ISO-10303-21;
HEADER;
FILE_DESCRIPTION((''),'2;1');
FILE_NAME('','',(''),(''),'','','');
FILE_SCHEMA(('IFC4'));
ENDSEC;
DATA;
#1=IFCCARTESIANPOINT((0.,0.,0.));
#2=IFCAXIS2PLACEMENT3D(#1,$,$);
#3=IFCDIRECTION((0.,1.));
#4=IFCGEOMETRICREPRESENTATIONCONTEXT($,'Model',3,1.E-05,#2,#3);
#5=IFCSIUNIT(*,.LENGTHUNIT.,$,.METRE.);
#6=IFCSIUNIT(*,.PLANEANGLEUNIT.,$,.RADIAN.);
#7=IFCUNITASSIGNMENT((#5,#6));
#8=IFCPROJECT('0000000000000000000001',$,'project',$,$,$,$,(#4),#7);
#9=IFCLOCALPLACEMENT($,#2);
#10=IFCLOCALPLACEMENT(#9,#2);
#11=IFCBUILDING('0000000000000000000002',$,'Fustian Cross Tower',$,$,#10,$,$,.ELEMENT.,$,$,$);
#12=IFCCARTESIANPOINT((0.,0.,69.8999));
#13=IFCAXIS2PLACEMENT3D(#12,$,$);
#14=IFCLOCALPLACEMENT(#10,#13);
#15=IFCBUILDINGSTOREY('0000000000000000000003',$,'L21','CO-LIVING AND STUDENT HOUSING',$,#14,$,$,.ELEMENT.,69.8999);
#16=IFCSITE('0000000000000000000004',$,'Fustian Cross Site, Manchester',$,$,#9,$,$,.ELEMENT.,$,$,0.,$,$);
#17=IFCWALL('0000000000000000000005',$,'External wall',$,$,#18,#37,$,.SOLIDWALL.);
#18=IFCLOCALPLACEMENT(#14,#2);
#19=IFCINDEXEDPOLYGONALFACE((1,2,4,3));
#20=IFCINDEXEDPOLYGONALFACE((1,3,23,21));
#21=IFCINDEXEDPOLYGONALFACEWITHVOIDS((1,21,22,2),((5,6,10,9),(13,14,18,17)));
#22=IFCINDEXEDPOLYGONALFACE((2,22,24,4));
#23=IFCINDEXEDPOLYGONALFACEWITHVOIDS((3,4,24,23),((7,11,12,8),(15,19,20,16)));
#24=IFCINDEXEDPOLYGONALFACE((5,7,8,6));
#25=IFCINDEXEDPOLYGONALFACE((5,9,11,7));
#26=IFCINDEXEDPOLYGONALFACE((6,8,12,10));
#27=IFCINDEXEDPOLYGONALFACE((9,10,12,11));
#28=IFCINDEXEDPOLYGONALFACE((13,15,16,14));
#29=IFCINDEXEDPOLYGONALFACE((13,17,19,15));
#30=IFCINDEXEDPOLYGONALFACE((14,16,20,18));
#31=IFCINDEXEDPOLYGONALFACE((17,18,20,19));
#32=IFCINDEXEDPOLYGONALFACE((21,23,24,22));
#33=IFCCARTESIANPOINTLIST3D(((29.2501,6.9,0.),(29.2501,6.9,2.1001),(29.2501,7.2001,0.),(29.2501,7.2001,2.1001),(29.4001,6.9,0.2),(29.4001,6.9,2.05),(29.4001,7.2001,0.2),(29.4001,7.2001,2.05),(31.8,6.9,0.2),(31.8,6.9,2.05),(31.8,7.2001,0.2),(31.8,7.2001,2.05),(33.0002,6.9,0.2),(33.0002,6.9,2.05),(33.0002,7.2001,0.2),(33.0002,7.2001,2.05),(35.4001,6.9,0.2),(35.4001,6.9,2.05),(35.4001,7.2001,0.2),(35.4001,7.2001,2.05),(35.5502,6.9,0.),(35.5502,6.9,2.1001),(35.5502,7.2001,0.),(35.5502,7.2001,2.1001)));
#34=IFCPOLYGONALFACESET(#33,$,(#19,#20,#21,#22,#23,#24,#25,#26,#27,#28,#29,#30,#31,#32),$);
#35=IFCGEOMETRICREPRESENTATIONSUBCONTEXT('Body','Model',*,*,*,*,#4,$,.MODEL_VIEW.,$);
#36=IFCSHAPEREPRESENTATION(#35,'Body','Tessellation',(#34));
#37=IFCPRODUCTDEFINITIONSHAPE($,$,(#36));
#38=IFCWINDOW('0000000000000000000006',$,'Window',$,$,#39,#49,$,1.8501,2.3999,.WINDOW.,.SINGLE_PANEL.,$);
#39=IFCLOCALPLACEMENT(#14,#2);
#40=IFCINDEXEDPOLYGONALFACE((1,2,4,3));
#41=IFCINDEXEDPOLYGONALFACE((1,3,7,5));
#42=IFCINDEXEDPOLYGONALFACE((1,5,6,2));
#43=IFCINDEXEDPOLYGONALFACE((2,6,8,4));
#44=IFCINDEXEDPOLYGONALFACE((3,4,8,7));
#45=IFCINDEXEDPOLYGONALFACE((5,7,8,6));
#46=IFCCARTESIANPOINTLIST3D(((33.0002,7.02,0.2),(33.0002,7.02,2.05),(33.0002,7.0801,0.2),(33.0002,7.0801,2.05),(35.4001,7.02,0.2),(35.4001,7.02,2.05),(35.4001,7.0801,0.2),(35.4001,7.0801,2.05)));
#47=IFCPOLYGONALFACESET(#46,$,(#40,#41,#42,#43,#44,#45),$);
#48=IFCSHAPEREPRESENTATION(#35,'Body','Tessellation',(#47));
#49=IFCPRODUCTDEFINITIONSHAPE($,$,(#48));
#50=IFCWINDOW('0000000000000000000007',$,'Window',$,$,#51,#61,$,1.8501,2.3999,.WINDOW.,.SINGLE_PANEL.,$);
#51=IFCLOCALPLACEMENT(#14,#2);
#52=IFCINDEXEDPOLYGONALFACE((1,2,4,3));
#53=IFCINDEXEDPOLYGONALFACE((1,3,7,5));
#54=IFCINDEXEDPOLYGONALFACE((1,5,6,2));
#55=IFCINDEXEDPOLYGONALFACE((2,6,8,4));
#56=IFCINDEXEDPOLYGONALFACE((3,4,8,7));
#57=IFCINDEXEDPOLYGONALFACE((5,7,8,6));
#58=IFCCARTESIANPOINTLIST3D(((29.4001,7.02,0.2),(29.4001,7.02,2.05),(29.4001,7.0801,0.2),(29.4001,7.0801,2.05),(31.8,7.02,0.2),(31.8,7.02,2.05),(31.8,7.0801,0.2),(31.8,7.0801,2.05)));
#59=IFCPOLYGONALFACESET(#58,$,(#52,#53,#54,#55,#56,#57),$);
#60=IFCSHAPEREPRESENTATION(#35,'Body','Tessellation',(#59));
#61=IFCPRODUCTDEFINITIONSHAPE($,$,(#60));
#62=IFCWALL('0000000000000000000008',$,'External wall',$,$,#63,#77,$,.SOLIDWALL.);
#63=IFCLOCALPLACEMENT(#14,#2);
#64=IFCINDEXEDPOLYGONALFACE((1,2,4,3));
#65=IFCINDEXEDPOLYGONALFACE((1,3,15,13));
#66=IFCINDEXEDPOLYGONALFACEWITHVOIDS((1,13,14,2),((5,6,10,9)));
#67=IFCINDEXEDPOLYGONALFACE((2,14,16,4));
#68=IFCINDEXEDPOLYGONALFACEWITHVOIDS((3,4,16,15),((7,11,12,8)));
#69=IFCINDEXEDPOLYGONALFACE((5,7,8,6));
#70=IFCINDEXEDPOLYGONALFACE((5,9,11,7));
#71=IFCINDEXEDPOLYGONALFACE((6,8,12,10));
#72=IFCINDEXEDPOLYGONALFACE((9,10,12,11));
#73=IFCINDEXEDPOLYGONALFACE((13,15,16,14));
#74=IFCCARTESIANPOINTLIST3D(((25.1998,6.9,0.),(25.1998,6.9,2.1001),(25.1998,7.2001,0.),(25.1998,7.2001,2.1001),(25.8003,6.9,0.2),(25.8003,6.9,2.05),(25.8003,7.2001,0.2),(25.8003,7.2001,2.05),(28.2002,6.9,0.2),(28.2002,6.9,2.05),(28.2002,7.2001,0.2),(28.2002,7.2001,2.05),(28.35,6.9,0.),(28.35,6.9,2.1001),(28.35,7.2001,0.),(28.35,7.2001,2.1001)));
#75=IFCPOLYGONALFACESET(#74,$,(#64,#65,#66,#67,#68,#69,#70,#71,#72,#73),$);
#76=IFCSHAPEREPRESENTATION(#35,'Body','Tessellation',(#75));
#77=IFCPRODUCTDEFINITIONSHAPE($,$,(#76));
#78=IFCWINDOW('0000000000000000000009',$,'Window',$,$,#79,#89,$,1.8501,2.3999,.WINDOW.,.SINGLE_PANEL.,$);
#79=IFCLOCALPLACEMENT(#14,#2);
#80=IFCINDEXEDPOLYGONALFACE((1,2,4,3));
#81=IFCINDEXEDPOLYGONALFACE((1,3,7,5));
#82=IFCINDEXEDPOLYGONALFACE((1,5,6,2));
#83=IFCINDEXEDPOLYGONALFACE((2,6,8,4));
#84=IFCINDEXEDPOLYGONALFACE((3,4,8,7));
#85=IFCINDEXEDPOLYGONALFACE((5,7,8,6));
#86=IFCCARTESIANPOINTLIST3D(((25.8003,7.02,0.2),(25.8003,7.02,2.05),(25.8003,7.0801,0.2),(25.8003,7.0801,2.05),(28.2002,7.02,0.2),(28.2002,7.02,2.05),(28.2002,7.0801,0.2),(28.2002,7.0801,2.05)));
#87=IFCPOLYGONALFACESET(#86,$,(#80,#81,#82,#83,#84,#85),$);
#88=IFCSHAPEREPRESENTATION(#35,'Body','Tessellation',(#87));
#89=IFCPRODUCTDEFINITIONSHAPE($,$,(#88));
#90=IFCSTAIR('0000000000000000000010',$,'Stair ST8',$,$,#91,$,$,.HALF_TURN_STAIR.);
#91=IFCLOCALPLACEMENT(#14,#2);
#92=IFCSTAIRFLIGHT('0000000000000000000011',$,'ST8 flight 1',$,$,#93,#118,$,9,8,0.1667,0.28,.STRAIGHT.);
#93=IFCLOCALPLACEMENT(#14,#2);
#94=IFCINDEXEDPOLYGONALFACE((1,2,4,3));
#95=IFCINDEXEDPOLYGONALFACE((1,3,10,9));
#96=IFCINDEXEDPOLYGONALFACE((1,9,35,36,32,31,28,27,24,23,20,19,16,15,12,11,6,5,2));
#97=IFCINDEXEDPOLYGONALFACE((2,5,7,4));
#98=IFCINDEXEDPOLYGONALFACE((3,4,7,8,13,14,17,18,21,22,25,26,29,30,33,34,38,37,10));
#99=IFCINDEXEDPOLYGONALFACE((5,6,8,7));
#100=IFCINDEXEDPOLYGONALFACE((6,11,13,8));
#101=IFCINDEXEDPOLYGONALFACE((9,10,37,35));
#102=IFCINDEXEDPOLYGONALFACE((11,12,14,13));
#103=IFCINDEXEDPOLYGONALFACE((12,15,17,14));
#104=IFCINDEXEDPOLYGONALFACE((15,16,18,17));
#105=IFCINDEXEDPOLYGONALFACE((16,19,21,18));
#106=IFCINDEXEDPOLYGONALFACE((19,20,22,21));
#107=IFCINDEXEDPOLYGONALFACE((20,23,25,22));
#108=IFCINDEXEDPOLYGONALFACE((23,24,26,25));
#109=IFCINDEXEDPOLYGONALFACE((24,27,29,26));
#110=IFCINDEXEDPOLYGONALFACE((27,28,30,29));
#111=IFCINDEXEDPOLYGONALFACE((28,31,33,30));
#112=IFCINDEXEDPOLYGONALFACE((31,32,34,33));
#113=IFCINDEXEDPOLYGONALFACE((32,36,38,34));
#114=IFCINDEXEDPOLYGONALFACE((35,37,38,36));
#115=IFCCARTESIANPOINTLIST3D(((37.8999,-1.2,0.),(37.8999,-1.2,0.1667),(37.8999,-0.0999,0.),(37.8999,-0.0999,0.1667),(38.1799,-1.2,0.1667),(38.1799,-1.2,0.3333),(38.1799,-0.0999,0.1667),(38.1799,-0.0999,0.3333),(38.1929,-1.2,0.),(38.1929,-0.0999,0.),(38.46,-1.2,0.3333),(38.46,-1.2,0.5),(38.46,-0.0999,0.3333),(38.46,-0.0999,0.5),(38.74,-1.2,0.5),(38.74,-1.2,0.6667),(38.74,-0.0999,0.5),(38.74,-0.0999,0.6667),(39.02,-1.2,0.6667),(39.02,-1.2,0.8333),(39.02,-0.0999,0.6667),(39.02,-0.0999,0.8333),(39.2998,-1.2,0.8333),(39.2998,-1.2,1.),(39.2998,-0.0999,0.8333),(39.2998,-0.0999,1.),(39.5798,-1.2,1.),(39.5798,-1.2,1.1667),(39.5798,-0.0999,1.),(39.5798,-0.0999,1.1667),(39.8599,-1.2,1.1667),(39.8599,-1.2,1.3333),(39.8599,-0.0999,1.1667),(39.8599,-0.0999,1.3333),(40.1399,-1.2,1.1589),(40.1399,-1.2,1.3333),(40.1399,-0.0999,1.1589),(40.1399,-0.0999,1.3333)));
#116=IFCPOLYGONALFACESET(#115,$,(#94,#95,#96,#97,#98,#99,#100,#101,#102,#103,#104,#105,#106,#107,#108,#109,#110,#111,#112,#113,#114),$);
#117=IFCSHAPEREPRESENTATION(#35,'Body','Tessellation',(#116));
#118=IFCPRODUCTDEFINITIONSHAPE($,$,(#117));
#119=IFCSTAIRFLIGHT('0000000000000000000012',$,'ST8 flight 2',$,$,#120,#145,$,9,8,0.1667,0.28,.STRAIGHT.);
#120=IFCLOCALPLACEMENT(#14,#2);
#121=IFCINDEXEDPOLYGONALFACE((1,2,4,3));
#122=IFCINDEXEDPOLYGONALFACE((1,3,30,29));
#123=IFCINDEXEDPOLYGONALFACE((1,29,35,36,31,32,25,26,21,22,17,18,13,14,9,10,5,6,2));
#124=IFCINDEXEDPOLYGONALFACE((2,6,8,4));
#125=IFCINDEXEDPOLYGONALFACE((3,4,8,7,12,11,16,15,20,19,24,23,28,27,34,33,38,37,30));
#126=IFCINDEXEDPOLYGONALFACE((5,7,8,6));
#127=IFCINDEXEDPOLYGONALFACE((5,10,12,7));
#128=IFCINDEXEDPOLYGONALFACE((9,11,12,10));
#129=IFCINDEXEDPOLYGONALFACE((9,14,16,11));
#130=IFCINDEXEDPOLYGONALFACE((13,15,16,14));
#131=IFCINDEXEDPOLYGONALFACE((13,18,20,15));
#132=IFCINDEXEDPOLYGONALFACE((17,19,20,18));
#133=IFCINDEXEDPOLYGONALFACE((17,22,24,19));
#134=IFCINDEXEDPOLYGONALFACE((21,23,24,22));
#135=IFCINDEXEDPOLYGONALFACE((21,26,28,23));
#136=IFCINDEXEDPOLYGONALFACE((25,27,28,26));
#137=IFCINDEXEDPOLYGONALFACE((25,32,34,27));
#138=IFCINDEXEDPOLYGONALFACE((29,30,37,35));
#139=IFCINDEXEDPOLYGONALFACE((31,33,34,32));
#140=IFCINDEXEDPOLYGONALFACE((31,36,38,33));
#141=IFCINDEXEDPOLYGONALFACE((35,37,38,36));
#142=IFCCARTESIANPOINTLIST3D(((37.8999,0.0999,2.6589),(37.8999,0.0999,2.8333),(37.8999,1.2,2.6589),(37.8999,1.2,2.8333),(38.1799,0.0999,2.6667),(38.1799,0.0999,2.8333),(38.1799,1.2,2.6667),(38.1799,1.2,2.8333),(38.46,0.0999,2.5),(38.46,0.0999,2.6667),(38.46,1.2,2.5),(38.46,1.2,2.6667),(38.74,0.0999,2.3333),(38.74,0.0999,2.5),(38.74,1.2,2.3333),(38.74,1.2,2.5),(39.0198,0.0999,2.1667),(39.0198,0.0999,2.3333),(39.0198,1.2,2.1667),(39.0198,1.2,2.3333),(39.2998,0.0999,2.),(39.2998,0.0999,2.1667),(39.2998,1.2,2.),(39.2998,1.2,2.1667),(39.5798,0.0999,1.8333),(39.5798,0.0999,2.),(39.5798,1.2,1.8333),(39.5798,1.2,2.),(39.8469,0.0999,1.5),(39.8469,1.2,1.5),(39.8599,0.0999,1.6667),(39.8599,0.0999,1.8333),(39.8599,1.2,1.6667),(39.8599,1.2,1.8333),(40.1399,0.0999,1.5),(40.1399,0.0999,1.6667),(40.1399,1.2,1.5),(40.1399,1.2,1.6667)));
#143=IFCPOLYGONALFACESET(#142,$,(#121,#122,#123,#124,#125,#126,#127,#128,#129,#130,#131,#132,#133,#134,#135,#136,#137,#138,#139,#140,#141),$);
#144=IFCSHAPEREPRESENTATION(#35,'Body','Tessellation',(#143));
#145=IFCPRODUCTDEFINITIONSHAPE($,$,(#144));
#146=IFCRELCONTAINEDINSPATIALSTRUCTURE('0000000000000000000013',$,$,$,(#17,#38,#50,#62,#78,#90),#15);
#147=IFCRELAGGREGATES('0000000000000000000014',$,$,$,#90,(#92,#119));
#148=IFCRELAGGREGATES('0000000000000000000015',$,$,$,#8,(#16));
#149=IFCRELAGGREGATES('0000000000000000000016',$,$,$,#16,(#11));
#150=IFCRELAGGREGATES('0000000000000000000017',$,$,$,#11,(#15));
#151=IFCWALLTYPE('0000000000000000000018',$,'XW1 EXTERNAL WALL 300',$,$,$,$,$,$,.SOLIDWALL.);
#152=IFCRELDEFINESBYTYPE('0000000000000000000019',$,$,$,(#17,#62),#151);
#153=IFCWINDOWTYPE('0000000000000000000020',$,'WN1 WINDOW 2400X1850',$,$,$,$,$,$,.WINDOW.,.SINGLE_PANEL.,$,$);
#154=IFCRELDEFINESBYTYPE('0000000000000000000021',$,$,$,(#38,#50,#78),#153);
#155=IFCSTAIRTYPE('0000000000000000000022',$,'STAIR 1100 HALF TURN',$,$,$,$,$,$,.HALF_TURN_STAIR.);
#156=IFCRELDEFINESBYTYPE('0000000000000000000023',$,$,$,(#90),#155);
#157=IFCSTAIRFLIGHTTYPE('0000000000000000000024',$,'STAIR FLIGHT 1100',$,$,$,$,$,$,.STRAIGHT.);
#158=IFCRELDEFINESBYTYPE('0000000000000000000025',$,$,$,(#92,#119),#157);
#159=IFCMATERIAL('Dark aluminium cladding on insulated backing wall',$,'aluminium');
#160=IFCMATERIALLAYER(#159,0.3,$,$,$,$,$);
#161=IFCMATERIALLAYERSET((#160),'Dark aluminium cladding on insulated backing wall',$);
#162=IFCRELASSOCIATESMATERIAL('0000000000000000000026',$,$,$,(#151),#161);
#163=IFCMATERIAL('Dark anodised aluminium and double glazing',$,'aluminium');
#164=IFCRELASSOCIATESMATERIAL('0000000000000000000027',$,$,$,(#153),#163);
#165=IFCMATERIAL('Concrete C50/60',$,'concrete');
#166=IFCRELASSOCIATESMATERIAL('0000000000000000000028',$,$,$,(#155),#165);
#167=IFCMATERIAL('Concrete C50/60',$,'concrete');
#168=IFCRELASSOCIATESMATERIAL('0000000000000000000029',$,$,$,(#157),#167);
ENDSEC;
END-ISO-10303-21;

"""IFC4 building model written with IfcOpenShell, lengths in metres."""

from ifc_helpers import new_model, si_unit, direction, frame, frame_2d, origin, place, context, subcontext, project, spatial, polyline, rectangle, outline, extrude, material, layer, layer_set, type_object, element, fill, aggregate, save


model = new_model("IFC4")

# Units and contexts
model_context = context("Model", 3, precision=1e-05, world=origin(), true_north=direction((0.0, 1.0)))
body_context = subcontext(model_context, "Body", "Model", "MODEL_VIEW")
ifc_project = project(units=[si_unit("LENGTHUNIT", "METRE"), si_unit("PLANEANGLEUNIT", "RADIAN")], contexts=[model_context])

# Site, building, storey
site_placement = place(None, origin())
site = spatial("IfcSite", under=ifc_project, at=site_placement, Name="Fustian Cross Site, Manchester", CompositionType="ELEMENT", RefElevation=0.0)
building_placement = place(site_placement, origin())
building = spatial("IfcBuilding", under=site, at=building_placement, Name="Fustian Cross Tower", CompositionType="ELEMENT")
storey_placement = place(building_placement, frame((0.0, 0.0, 69.8999)))
storey = spatial("IfcBuildingStorey", under=building, at=storey_placement, Name="L21", Description="CO-LIVING AND STUDENT HOUSING", CompositionType="ELEMENT", Elevation=69.8999)

# Shared definitions
ifc_material_1 = material(Name="Dark aluminium cladding on insulated backing wall", Category="aluminium")
ifc_layer_1 = layer(ifc_material_1, 0.3)
ifc_layer_set_1 = layer_set([ifc_layer_1], Name="Dark aluminium cladding on insulated backing wall")
wall_type_1 = type_object("IfcWallType", Name="XW1 EXTERNAL WALL 300", PredefinedType="SOLIDWALL", material=ifc_layer_set_1)
ifc_material_2 = material(Name="Dark anodised aluminium and double glazing", Category="aluminium")
window_type_1 = type_object("IfcWindowType", Name="WN1 WINDOW 2400X1850", PartitioningType="SINGLE_PANEL", PredefinedType="WINDOW", material=ifc_material_2)

# Wall, openings, windows
wall_1_placement = place(storey_placement, frame((35.55, 7.05, 0.0), z_axis=(0.0, 0.0, 1.0), x_axis=(-1.0, 0.0, 0.0)))
wall_1 = element("IfcWall", 1, at=wall_1_placement, inside=storey, type_object=wall_type_1, Name="External wall", PredefinedType="SOLIDWALL", context=body_context, shape_type="SweptSolid", body=[
    extrude(rectangle(XDim=6.3, YDim=0.3, at=frame_2d((3.1499, 0.0))), origin(), (0.0, 0.0, 1.0), 2.1001),
])
opening_1_placement = place(wall_1_placement, frame((0.1499, 0.0, 0.2)))
opening_1 = element("IfcOpeningElement", 2, at=opening_1_placement, cuts=wall_1, PredefinedType="OPENING", context=body_context, shape_type="SweptSolid", body=[
    extrude(rectangle(XDim=2.3999, YDim=1.8501, at=frame_2d((1.2, 0.925))), frame((0.0, 0.1599, 0.0), z_axis=(0.0, -1.0, 0.0), x_axis=(1.0, 0.0, 0.0)), (0.0, 0.0, 1.0), 0.3201),
])
opening_2_placement = place(wall_1_placement, frame((3.75, 0.0, 0.2)))
opening_2 = element("IfcOpeningElement", 3, at=opening_2_placement, cuts=wall_1, PredefinedType="OPENING", context=body_context, shape_type="SweptSolid", body=[
    extrude(rectangle(XDim=2.3999, YDim=1.8501, at=frame_2d((1.2, 0.925))), frame((0.0, 0.1599, 0.0), z_axis=(0.0, -1.0, 0.0), x_axis=(1.0, 0.0, 0.0)), (0.0, 0.0, 1.0), 0.3201),
])
window_1_placement = place(opening_1_placement, origin())
window_1 = element("IfcWindow", 4, at=window_1_placement, inside=storey, type_object=window_type_1, Name="Window", OverallHeight=1.8501, OverallWidth=2.3999, PartitioningType="SINGLE_PANEL", PredefinedType="WINDOW", context=body_context, shape_type="SweptSolid", body=[
    extrude(rectangle(XDim=2.3999, YDim=1.8501, at=frame_2d((1.2, 0.925))), frame((0.0, 0.03, 0.0), z_axis=(0.0, -1.0, 0.0), x_axis=(1.0, 0.0, 0.0)), (0.0, 0.0, 1.0), 0.0601),
])
fill(opening_1, window_1)
window_2_placement = place(opening_2_placement, origin())
window_2 = element("IfcWindow", 5, at=window_2_placement, inside=storey, type_object=window_type_1, Name="Window", OverallHeight=1.8501, OverallWidth=2.3999, PartitioningType="SINGLE_PANEL", PredefinedType="WINDOW", context=body_context, shape_type="SweptSolid", body=[
    extrude(rectangle(XDim=2.3999, YDim=1.8501, at=frame_2d((1.2, 0.925))), frame((0.0, 0.03, 0.0), z_axis=(0.0, -1.0, 0.0), x_axis=(1.0, 0.0, 0.0)), (0.0, 0.0, 1.0), 0.0601),
])
fill(opening_2, window_2)

# Wall, opening, window
wall_2_placement = place(storey_placement, frame((28.3501, 7.05, 0.0), z_axis=(0.0, 0.0, 1.0), x_axis=(-1.0, 0.0, 0.0)))
wall_2 = element("IfcWall", 6, at=wall_2_placement, inside=storey, type_object=wall_type_1, Name="External wall", PredefinedType="SOLIDWALL", context=body_context, shape_type="SweptSolid", body=[
    extrude(rectangle(XDim=3.1501, YDim=0.3, at=frame_2d((1.5752, 0.0))), origin(), (0.0, 0.0, 1.0), 2.1001),
])
opening_3_placement = place(wall_2_placement, frame((0.1499, 0.0, 0.2)))
opening_3 = element("IfcOpeningElement", 7, at=opening_3_placement, cuts=wall_2, PredefinedType="OPENING", context=body_context, shape_type="SweptSolid", body=[
    extrude(rectangle(XDim=2.3999, YDim=1.8501, at=frame_2d((1.2, 0.925))), frame((0.0, 0.1599, 0.0), z_axis=(0.0, -1.0, 0.0), x_axis=(1.0, 0.0, 0.0)), (0.0, 0.0, 1.0), 0.3201),
])
window_3_placement = place(opening_3_placement, origin())
window_3 = element("IfcWindow", 8, at=window_3_placement, inside=storey, type_object=window_type_1, Name="Window", OverallHeight=1.8501, OverallWidth=2.3999, PartitioningType="SINGLE_PANEL", PredefinedType="WINDOW", context=body_context, shape_type="SweptSolid", body=[
    extrude(rectangle(XDim=2.3999, YDim=1.8501, at=frame_2d((1.2, 0.925))), frame((0.0, 0.03, 0.0), z_axis=(0.0, -1.0, 0.0), x_axis=(1.0, 0.0, 0.0)), (0.0, 0.0, 1.0), 0.0601),
])
fill(opening_3, window_3)

# Stair, stair flights
ifc_material_3 = material(Name="Concrete C50/60", Category="concrete")
stair_type = type_object("IfcStairType", Name="STAIR 1100 HALF TURN", PredefinedType="HALF_TURN_STAIR", material=ifc_material_3)
stair_placement = place(storey_placement, origin())
stair = element("IfcStair", 9, at=stair_placement, inside=storey, type_object=stair_type, Name="Stair ST8", PredefinedType="HALF_TURN_STAIR")
ifc_material_4 = material(Name="Concrete C50/60", Category="concrete")
stair_flight_type = type_object("IfcStairFlightType", Name="STAIR FLIGHT 1100", PredefinedType="STRAIGHT", material=ifc_material_4)
stair_flight_1_placement = place(storey_placement, frame((37.8999, -0.6499, 0.0), z_axis=(0.0, 0.0, 1.0), x_axis=(1.0, 0.0, 0.0)))
stair_flight_1 = element("IfcStairFlight", 10, at=stair_flight_1_placement, type_object=stair_flight_type, Name="ST8 flight 1", NumberOfRisers=9, NumberOfTreads=8, PredefinedType="STRAIGHT", RiserHeight=0.1667, TreadLength=0.28, context=body_context, shape_type="SweptSolid", body=[
    extrude(outline(polyline([(0.0, 0.0), (0.0, 0.1667), (0.28, 0.1667), (0.28, 0.3333), (0.5601, 0.3333), (0.5601, 0.5), (0.8401, 0.5), (0.8401, 0.6667), (1.1201, 0.6667), (1.1201, 0.8333), (1.3999, 0.8333), (1.3999, 1.0), (1.6799, 1.0), (1.6799, 1.1667), (1.96, 1.1667), (1.96, 1.3333), (2.24, 1.3333), (2.24, 1.5), (2.24, 1.1589), (0.293, 0.0), (0.0, 0.0)])), frame((0.0, 0.55, 0.0), z_axis=(0.0, -1.0, 0.0), x_axis=(1.0, 0.0, 0.0)), (0.0, 0.0, 1.0), 1.1001),
])
stair_flight_2_placement = place(storey_placement, frame((40.1399, 0.6499, 1.5), z_axis=(0.0, 0.0, 1.0), x_axis=(-1.0, 0.0, 0.0)))
stair_flight_2 = element("IfcStairFlight", 11, at=stair_flight_2_placement, type_object=stair_flight_type, Name="ST8 flight 2", NumberOfRisers=9, NumberOfTreads=8, PredefinedType="STRAIGHT", RiserHeight=0.1667, TreadLength=0.28, context=body_context, shape_type="SweptSolid", body=[
    extrude(outline(polyline([(0.0, 0.0), (0.0, 0.1667), (0.28, 0.1667), (0.28, 0.3333), (0.5601, 0.3333), (0.5601, 0.5), (0.8401, 0.5), (0.8401, 0.6667), (1.1201, 0.6667), (1.1201, 0.8333), (1.3999, 0.8333), (1.3999, 1.0), (1.6799, 1.0), (1.6799, 1.1667), (1.96, 1.1667), (1.96, 1.3333), (2.24, 1.3333), (2.24, 1.5), (2.24, 1.1589), (0.293, 0.0), (0.0, 0.0)])), frame((0.0, 0.55, 0.0), z_axis=(0.0, -1.0, 0.0), x_axis=(1.0, 0.0, 0.0)), (0.0, 0.0, 1.0), 1.1001),
])
aggregate(stair, [stair_flight_1, stair_flight_2])

save(model, "model.ifc")
